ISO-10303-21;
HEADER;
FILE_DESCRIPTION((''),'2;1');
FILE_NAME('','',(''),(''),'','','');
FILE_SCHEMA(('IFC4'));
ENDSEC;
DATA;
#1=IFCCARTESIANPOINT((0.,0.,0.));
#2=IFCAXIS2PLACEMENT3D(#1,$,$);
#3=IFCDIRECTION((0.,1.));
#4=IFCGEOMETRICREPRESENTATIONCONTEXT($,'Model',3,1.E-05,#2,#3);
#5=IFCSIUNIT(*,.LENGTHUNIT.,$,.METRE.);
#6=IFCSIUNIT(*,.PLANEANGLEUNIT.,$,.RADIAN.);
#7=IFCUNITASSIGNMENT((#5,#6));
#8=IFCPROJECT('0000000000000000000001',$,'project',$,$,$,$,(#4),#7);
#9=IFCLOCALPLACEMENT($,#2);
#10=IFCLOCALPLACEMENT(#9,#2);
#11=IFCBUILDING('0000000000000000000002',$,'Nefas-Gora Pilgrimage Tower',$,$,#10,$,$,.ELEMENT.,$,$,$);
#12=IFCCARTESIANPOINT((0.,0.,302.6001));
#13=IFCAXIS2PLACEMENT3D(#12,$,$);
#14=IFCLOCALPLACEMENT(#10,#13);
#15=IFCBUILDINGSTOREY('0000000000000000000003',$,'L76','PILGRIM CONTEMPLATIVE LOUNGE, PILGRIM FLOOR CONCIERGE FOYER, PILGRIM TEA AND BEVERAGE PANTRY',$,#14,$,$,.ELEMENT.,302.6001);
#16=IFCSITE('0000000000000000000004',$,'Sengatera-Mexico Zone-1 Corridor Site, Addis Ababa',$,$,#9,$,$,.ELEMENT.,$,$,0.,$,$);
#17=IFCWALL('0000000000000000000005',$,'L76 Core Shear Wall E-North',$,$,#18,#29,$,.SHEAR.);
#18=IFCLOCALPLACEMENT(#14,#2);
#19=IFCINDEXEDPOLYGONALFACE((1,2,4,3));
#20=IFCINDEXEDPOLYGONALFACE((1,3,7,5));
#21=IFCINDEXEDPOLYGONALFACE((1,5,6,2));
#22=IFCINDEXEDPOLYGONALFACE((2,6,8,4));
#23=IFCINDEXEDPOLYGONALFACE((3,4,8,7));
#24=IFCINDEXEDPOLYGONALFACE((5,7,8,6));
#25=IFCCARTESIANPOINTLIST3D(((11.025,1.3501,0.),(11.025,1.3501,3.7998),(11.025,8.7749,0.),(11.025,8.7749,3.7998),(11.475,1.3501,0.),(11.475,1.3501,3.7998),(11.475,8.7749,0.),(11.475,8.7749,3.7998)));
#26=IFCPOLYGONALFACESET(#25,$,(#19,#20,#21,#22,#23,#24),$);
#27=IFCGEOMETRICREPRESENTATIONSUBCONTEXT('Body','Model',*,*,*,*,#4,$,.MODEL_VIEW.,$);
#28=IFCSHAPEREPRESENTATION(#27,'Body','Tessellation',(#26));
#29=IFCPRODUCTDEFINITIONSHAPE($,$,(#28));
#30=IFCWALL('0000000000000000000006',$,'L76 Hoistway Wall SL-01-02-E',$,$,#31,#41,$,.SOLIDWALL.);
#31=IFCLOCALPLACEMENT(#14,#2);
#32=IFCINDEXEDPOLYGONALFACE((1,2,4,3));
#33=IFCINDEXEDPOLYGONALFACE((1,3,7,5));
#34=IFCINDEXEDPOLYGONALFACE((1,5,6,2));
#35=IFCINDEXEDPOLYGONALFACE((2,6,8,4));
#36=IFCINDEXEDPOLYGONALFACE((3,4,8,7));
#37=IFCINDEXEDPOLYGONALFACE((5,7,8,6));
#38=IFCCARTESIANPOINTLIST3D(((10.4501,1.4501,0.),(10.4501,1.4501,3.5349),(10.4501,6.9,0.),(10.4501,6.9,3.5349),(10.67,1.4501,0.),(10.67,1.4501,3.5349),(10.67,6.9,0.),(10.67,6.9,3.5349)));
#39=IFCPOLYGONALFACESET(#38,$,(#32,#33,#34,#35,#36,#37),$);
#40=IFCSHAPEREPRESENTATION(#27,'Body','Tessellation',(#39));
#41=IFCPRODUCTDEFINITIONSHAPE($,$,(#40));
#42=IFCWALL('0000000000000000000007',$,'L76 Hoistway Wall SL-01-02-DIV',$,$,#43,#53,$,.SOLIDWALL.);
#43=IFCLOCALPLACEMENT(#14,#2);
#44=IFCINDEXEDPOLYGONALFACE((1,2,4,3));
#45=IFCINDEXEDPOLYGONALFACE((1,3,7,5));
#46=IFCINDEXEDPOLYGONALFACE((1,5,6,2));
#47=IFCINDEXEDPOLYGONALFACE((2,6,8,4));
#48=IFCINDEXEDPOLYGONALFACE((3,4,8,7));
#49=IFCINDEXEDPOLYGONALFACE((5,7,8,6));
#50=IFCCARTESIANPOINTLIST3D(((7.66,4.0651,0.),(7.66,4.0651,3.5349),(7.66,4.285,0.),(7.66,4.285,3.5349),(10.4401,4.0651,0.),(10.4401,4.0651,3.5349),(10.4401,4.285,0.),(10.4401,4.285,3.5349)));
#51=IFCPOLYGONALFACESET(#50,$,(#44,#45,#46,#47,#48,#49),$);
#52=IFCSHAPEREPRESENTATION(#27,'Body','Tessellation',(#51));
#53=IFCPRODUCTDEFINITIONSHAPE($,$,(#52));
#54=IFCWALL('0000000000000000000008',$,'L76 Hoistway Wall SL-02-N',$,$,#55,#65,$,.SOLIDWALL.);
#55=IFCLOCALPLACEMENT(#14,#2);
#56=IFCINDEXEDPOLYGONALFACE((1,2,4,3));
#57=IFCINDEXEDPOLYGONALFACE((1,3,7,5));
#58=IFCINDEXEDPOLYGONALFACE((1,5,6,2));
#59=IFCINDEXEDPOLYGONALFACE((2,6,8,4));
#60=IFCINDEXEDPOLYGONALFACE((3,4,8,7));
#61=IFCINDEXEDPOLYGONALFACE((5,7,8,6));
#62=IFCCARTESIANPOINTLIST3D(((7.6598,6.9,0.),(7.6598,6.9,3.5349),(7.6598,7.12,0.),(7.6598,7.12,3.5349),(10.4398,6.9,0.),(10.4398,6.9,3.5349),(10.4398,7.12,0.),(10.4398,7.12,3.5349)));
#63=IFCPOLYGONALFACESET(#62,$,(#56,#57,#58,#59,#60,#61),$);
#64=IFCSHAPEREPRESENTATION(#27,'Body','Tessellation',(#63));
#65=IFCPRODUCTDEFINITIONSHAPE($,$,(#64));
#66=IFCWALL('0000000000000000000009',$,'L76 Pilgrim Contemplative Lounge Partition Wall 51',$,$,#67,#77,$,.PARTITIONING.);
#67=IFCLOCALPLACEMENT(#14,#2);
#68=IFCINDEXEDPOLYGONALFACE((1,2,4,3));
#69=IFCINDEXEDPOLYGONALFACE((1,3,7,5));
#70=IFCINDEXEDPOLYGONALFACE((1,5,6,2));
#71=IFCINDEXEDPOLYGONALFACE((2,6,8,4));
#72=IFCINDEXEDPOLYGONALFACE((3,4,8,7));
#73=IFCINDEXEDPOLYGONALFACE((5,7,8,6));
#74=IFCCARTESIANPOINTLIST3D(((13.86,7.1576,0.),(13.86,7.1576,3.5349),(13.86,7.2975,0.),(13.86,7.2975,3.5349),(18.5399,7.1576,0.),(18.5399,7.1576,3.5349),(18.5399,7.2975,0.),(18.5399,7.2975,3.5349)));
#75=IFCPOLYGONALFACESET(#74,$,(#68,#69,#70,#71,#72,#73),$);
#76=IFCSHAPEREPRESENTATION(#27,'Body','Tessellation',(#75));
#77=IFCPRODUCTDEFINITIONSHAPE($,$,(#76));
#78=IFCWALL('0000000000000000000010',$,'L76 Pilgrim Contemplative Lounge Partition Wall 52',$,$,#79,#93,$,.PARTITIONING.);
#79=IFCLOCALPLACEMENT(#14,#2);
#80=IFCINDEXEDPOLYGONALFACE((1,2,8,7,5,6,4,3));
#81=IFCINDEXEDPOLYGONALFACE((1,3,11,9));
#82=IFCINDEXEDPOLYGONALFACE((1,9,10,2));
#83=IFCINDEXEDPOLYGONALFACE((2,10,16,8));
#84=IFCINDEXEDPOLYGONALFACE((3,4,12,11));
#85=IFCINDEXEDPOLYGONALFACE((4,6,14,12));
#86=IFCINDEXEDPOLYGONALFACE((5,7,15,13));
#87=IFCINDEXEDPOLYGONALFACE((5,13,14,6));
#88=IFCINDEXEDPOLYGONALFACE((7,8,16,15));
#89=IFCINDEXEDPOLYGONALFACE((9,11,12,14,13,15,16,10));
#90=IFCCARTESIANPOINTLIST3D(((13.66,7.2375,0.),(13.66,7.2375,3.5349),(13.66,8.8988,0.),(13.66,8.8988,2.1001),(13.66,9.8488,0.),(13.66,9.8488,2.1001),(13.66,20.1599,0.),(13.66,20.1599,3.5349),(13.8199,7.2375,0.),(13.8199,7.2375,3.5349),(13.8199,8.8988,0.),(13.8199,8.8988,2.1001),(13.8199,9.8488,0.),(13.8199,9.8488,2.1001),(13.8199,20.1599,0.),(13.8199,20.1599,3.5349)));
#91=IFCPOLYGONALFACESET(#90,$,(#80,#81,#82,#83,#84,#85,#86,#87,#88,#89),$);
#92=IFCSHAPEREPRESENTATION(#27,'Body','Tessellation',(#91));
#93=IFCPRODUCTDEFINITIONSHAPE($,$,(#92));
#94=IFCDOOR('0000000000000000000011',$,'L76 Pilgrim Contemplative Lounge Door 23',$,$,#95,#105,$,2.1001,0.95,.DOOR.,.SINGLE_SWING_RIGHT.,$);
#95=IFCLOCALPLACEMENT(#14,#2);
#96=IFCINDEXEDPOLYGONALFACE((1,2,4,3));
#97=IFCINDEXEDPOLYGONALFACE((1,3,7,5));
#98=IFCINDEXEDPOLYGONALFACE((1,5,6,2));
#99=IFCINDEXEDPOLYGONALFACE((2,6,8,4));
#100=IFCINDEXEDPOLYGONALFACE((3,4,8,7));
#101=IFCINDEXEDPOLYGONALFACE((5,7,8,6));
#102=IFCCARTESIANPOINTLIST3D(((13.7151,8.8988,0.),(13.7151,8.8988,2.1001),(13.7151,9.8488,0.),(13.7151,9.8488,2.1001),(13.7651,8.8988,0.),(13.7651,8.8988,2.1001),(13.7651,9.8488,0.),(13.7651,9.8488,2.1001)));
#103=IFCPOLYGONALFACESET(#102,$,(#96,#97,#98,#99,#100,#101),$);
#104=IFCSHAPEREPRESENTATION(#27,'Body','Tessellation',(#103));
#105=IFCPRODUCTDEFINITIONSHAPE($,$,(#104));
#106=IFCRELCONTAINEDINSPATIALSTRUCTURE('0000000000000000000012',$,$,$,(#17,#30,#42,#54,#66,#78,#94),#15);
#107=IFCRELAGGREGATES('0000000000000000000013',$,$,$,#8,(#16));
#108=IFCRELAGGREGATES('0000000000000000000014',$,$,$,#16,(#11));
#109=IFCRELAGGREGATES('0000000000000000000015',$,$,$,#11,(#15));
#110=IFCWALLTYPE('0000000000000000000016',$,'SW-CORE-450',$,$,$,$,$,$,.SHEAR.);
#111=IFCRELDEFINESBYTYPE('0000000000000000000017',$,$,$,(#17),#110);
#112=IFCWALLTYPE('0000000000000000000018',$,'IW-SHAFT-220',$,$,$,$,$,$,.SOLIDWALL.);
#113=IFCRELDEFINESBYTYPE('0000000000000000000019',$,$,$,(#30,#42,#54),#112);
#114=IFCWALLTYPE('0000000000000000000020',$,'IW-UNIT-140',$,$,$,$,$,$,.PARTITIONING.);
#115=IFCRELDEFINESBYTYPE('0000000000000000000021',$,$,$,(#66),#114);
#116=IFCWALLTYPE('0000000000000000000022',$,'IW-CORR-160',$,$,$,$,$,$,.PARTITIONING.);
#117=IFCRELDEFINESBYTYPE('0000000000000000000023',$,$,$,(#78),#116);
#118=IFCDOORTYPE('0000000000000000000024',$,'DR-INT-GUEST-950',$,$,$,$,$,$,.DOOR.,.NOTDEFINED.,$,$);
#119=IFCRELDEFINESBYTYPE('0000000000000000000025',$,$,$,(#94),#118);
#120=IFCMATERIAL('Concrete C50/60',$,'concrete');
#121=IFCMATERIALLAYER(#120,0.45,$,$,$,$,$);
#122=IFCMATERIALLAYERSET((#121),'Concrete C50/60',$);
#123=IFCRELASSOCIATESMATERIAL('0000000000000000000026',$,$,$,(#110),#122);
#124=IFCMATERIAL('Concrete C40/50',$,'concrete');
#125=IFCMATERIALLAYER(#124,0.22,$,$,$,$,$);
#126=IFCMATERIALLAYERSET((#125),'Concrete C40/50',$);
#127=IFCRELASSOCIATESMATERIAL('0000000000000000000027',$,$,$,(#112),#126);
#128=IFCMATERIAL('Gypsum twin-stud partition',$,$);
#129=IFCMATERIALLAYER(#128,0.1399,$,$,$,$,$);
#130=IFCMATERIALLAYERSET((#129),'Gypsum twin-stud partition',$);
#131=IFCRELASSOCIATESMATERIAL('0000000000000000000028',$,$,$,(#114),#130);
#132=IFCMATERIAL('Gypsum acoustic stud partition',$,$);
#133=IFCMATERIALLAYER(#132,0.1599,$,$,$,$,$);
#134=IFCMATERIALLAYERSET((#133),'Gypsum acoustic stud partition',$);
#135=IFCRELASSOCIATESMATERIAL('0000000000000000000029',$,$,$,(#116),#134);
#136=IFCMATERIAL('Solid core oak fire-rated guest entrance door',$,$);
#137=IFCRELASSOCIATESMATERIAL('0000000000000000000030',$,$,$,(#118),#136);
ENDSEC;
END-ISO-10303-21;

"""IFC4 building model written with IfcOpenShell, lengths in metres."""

from ifc_helpers import new_model, si_unit, direction, frame, frame_2d, origin, place, context, subcontext, project, spatial, rectangle, extrude, source, transform, mapped, material, layer, layer_set, type_object, element, fill, save


model = new_model("IFC4")

# Units and contexts
model_context = context("Model", 3, precision=1e-05, world=origin(), true_north=direction((0.0, 1.0)))
body_context = subcontext(model_context, "Body", "Model", "MODEL_VIEW")
ifc_project = project(units=[si_unit("LENGTHUNIT", "METRE"), si_unit("PLANEANGLEUNIT", "RADIAN")], contexts=[model_context])

# Site, building, storey
site_placement = place(None, origin())
site = spatial("IfcSite", under=ifc_project, at=site_placement, Name="Sengatera-Mexico Zone-1 Corridor Site, Addis Ababa", CompositionType="ELEMENT", RefElevation=0.0)
building_placement = place(site_placement, origin())
building = spatial("IfcBuilding", under=site, at=building_placement, Name="Nefas-Gora Pilgrimage Tower", CompositionType="ELEMENT")
storey_placement = place(building_placement, frame((0.0, 0.0, 302.6001)))
storey = spatial("IfcBuildingStorey", under=building, at=storey_placement, Name="L76", Description="PILGRIM CONTEMPLATIVE LOUNGE, PILGRIM FLOOR CONCIERGE FOYER, PILGRIM TEA AND BEVERAGE PANTRY", CompositionType="ELEMENT", Elevation=302.6001)

# Shared definitions
ifc_material_1 = material(Name="Concrete C50/60", Category="concrete")

# Walls
ifc_layer_1 = layer(ifc_material_1, 0.45)
ifc_layer_set_1 = layer_set([ifc_layer_1], Name="Concrete C50/60")
wall_type_1 = type_object("IfcWallType", Name="SW-CORE-450", PredefinedType="SHEAR", material=ifc_layer_set_1)
shared_shape_1 = source(origin(), body_context, "Body", "SweptSolid", [
    extrude(rectangle(XDim=7.4248, YDim=0.45, at=frame_2d((3.7124, 0.0))), origin(), (0.0, 0.0, 1.0), 3.7998),
])
wall_1_placement = place(storey_placement, frame((11.25, 1.3501, 0.0), z_axis=(0.0, 0.0, 1.0), x_axis=(0.0, 1.0, 0.0)))
element("IfcWall", 1, at=wall_1_placement, inside=storey, type_object=wall_type_1, Name="L76 Core Shear Wall E-North", PredefinedType="SHEAR", context=body_context, shape_type="MappedRepresentation", body=[
    mapped(shared_shape_1, transform((0.0, 0.0, 0.0), x_axis=(1.0, 0.0, 0.0), y_axis=(0.0, 1.0, 0.0), z_axis=(0.0, 0.0, 1.0), scale=1.0)),
])
ifc_material_2 = material(Name="Concrete C40/50", Category="concrete")
ifc_layer_2 = layer(ifc_material_2, 0.22)
ifc_layer_set_2 = layer_set([ifc_layer_2], Name="Concrete C40/50")
wall_type_2 = type_object("IfcWallType", Name="IW-SHAFT-220", PredefinedType="SOLIDWALL", material=ifc_layer_set_2)
shared_shape_2 = source(origin(), body_context, "Body", "SweptSolid", [
    extrude(rectangle(XDim=5.45, YDim=0.22, at=frame_2d((2.7251, 0.0))), origin(), (0.0, 0.0, 1.0), 3.5349),
])
wall_2_placement = place(storey_placement, frame((10.5601, 1.45, 0.0), z_axis=(0.0, 0.0, 1.0), x_axis=(0.0, 1.0, 0.0)))
element("IfcWall", 2, at=wall_2_placement, inside=storey, type_object=wall_type_2, Name="L76 Hoistway Wall SL-01-02-E", PredefinedType="SOLIDWALL", context=body_context, shape_type="MappedRepresentation", body=[
    mapped(shared_shape_2, transform((0.0, 0.0, 0.0), x_axis=(1.0, 0.0, 0.0), y_axis=(0.0, 1.0, 0.0), z_axis=(0.0, 0.0, 1.0), scale=1.0)),
])
shared_shape_3 = source(origin(), body_context, "Body", "SweptSolid", [
    extrude(rectangle(XDim=2.78, YDim=0.22, at=frame_2d((1.3901, 0.0))), origin(), (0.0, 0.0, 1.0), 3.5349),
])
for number, where, z_axis, x_axis, name in (
    (3, (7.6599, 4.175, 0.0), (0.0, 0.0, 1.0), (1.0, 0.0, 0.0), "L76 Hoistway Wall SL-01-02-DIV"),
    (4, (10.4399, 7.01, 0.0), (0.0, 0.0, 1.0), (-1.0, 0.0, 0.0), "L76 Hoistway Wall SL-02-N"),
):
    element("IfcWall", number, at=place(storey_placement, frame(where, z_axis=z_axis, x_axis=x_axis)), inside=storey, type_object=wall_type_2, Name=name, PredefinedType="SOLIDWALL", context=body_context, shape_type="MappedRepresentation", body=[
        mapped(shared_shape_3, transform((0.0, 0.0, 0.0), x_axis=(1.0, 0.0, 0.0), y_axis=(0.0, 1.0, 0.0), z_axis=(0.0, 0.0, 1.0), scale=1.0)),
    ])
ifc_material_3 = material(Name="Gypsum twin-stud partition")
ifc_layer_3 = layer(ifc_material_3, 0.1399)
ifc_layer_set_3 = layer_set([ifc_layer_3], Name="Gypsum twin-stud partition")
wall_type_3 = type_object("IfcWallType", Name="IW-UNIT-140", PredefinedType="PARTITIONING", material=ifc_layer_set_3)
shared_shape_4 = source(origin(), body_context, "Body", "SweptSolid", [
    extrude(rectangle(XDim=4.6799, YDim=0.1399, at=frame_2d((2.3398, 0.0))), origin(), (0.0, 0.0, 1.0), 3.5349),
])
wall_3_placement = place(storey_placement, frame((13.8601, 7.2275, 0.0), z_axis=(0.0, 0.0, 1.0), x_axis=(1.0, 0.0, 0.0)))
element("IfcWall", 5, at=wall_3_placement, inside=storey, type_object=wall_type_3, Name="L76 Pilgrim Contemplative Lounge Partition Wall 51", PredefinedType="PARTITIONING", context=body_context, shape_type="MappedRepresentation", body=[
    mapped(shared_shape_4, transform((0.0, 0.0, 0.0), x_axis=(1.0, 0.0, 0.0), y_axis=(0.0, 1.0, 0.0), z_axis=(0.0, 0.0, 1.0), scale=1.0)),
])

# Wall, opening, door
ifc_material_4 = material(Name="Gypsum acoustic stud partition")
ifc_layer_4 = layer(ifc_material_4, 0.1599)
ifc_layer_set_4 = layer_set([ifc_layer_4], Name="Gypsum acoustic stud partition")
wall_type_4 = type_object("IfcWallType", Name="IW-CORR-160", PredefinedType="PARTITIONING", material=ifc_layer_set_4)
shared_shape_5 = source(origin(), body_context, "Body", "SweptSolid", [
    extrude(rectangle(XDim=12.9224, YDim=0.1599, at=frame_2d((6.4612, 0.0))), origin(), (0.0, 0.0, 1.0), 3.5349),
])
wall_4_placement = place(storey_placement, frame((13.74, 7.2375, 0.0), z_axis=(0.0, 0.0, 1.0), x_axis=(0.0, 1.0, 0.0)))
wall_4 = element("IfcWall", 6, at=wall_4_placement, inside=storey, type_object=wall_type_4, Name="L76 Pilgrim Contemplative Lounge Partition Wall 52", PredefinedType="PARTITIONING", context=body_context, shape_type="MappedRepresentation", body=[
    mapped(shared_shape_5, transform((0.0, 0.0, 0.0), x_axis=(1.0, 0.0, 0.0), y_axis=(0.0, 1.0, 0.0), z_axis=(0.0, 0.0, 1.0), scale=1.0)),
])
opening_placement = place(wall_4_placement, frame((1.6611, 0.0, 0.0)))
opening = element("IfcOpeningElement", 7, at=opening_placement, cuts=wall_4, PredefinedType="OPENING", context=body_context, shape_type="SweptSolid", body=[
    extrude(rectangle(XDim=0.95, YDim=2.1001, at=frame_2d((0.4751, 1.05))), frame((0.0, 0.0898, 0.0), z_axis=(0.0, -1.0, 0.0), x_axis=(1.0, 0.0, 0.0)), (0.0, 0.0, 1.0), 0.1799),
])
ifc_material_5 = material(Name="Solid core oak fire-rated guest entrance door")
door_type = type_object("IfcDoorType", Name="DR-INT-GUEST-950", OperationType="NOTDEFINED", PredefinedType="DOOR", material=ifc_material_5)
shared_shape_6 = source(origin(), body_context, "Body", "SweptSolid", [
    extrude(rectangle(XDim=0.95, YDim=2.1001, at=frame_2d((0.4751, 1.05))), frame((0.0, 0.0249, 0.0), z_axis=(0.0, -1.0, 0.0), x_axis=(1.0, 0.0, 0.0)), (0.0, 0.0, 1.0), 0.05),
])
door_placement = place(opening_placement, origin())
door = element("IfcDoor", 8, at=door_placement, inside=storey, type_object=door_type, Name="L76 Pilgrim Contemplative Lounge Door 23", OperationType="SINGLE_SWING_RIGHT", OverallHeight=2.1001, OverallWidth=0.95, PredefinedType="DOOR", context=body_context, shape_type="MappedRepresentation", body=[
    mapped(shared_shape_6, transform((0.0, 0.0, 0.0), x_axis=(1.0, 0.0, 0.0), y_axis=(0.0, 1.0, 0.0), z_axis=(0.0, 0.0, 1.0), scale=1.0)),
])
fill(opening, door)

save(model, "model.ifc")
